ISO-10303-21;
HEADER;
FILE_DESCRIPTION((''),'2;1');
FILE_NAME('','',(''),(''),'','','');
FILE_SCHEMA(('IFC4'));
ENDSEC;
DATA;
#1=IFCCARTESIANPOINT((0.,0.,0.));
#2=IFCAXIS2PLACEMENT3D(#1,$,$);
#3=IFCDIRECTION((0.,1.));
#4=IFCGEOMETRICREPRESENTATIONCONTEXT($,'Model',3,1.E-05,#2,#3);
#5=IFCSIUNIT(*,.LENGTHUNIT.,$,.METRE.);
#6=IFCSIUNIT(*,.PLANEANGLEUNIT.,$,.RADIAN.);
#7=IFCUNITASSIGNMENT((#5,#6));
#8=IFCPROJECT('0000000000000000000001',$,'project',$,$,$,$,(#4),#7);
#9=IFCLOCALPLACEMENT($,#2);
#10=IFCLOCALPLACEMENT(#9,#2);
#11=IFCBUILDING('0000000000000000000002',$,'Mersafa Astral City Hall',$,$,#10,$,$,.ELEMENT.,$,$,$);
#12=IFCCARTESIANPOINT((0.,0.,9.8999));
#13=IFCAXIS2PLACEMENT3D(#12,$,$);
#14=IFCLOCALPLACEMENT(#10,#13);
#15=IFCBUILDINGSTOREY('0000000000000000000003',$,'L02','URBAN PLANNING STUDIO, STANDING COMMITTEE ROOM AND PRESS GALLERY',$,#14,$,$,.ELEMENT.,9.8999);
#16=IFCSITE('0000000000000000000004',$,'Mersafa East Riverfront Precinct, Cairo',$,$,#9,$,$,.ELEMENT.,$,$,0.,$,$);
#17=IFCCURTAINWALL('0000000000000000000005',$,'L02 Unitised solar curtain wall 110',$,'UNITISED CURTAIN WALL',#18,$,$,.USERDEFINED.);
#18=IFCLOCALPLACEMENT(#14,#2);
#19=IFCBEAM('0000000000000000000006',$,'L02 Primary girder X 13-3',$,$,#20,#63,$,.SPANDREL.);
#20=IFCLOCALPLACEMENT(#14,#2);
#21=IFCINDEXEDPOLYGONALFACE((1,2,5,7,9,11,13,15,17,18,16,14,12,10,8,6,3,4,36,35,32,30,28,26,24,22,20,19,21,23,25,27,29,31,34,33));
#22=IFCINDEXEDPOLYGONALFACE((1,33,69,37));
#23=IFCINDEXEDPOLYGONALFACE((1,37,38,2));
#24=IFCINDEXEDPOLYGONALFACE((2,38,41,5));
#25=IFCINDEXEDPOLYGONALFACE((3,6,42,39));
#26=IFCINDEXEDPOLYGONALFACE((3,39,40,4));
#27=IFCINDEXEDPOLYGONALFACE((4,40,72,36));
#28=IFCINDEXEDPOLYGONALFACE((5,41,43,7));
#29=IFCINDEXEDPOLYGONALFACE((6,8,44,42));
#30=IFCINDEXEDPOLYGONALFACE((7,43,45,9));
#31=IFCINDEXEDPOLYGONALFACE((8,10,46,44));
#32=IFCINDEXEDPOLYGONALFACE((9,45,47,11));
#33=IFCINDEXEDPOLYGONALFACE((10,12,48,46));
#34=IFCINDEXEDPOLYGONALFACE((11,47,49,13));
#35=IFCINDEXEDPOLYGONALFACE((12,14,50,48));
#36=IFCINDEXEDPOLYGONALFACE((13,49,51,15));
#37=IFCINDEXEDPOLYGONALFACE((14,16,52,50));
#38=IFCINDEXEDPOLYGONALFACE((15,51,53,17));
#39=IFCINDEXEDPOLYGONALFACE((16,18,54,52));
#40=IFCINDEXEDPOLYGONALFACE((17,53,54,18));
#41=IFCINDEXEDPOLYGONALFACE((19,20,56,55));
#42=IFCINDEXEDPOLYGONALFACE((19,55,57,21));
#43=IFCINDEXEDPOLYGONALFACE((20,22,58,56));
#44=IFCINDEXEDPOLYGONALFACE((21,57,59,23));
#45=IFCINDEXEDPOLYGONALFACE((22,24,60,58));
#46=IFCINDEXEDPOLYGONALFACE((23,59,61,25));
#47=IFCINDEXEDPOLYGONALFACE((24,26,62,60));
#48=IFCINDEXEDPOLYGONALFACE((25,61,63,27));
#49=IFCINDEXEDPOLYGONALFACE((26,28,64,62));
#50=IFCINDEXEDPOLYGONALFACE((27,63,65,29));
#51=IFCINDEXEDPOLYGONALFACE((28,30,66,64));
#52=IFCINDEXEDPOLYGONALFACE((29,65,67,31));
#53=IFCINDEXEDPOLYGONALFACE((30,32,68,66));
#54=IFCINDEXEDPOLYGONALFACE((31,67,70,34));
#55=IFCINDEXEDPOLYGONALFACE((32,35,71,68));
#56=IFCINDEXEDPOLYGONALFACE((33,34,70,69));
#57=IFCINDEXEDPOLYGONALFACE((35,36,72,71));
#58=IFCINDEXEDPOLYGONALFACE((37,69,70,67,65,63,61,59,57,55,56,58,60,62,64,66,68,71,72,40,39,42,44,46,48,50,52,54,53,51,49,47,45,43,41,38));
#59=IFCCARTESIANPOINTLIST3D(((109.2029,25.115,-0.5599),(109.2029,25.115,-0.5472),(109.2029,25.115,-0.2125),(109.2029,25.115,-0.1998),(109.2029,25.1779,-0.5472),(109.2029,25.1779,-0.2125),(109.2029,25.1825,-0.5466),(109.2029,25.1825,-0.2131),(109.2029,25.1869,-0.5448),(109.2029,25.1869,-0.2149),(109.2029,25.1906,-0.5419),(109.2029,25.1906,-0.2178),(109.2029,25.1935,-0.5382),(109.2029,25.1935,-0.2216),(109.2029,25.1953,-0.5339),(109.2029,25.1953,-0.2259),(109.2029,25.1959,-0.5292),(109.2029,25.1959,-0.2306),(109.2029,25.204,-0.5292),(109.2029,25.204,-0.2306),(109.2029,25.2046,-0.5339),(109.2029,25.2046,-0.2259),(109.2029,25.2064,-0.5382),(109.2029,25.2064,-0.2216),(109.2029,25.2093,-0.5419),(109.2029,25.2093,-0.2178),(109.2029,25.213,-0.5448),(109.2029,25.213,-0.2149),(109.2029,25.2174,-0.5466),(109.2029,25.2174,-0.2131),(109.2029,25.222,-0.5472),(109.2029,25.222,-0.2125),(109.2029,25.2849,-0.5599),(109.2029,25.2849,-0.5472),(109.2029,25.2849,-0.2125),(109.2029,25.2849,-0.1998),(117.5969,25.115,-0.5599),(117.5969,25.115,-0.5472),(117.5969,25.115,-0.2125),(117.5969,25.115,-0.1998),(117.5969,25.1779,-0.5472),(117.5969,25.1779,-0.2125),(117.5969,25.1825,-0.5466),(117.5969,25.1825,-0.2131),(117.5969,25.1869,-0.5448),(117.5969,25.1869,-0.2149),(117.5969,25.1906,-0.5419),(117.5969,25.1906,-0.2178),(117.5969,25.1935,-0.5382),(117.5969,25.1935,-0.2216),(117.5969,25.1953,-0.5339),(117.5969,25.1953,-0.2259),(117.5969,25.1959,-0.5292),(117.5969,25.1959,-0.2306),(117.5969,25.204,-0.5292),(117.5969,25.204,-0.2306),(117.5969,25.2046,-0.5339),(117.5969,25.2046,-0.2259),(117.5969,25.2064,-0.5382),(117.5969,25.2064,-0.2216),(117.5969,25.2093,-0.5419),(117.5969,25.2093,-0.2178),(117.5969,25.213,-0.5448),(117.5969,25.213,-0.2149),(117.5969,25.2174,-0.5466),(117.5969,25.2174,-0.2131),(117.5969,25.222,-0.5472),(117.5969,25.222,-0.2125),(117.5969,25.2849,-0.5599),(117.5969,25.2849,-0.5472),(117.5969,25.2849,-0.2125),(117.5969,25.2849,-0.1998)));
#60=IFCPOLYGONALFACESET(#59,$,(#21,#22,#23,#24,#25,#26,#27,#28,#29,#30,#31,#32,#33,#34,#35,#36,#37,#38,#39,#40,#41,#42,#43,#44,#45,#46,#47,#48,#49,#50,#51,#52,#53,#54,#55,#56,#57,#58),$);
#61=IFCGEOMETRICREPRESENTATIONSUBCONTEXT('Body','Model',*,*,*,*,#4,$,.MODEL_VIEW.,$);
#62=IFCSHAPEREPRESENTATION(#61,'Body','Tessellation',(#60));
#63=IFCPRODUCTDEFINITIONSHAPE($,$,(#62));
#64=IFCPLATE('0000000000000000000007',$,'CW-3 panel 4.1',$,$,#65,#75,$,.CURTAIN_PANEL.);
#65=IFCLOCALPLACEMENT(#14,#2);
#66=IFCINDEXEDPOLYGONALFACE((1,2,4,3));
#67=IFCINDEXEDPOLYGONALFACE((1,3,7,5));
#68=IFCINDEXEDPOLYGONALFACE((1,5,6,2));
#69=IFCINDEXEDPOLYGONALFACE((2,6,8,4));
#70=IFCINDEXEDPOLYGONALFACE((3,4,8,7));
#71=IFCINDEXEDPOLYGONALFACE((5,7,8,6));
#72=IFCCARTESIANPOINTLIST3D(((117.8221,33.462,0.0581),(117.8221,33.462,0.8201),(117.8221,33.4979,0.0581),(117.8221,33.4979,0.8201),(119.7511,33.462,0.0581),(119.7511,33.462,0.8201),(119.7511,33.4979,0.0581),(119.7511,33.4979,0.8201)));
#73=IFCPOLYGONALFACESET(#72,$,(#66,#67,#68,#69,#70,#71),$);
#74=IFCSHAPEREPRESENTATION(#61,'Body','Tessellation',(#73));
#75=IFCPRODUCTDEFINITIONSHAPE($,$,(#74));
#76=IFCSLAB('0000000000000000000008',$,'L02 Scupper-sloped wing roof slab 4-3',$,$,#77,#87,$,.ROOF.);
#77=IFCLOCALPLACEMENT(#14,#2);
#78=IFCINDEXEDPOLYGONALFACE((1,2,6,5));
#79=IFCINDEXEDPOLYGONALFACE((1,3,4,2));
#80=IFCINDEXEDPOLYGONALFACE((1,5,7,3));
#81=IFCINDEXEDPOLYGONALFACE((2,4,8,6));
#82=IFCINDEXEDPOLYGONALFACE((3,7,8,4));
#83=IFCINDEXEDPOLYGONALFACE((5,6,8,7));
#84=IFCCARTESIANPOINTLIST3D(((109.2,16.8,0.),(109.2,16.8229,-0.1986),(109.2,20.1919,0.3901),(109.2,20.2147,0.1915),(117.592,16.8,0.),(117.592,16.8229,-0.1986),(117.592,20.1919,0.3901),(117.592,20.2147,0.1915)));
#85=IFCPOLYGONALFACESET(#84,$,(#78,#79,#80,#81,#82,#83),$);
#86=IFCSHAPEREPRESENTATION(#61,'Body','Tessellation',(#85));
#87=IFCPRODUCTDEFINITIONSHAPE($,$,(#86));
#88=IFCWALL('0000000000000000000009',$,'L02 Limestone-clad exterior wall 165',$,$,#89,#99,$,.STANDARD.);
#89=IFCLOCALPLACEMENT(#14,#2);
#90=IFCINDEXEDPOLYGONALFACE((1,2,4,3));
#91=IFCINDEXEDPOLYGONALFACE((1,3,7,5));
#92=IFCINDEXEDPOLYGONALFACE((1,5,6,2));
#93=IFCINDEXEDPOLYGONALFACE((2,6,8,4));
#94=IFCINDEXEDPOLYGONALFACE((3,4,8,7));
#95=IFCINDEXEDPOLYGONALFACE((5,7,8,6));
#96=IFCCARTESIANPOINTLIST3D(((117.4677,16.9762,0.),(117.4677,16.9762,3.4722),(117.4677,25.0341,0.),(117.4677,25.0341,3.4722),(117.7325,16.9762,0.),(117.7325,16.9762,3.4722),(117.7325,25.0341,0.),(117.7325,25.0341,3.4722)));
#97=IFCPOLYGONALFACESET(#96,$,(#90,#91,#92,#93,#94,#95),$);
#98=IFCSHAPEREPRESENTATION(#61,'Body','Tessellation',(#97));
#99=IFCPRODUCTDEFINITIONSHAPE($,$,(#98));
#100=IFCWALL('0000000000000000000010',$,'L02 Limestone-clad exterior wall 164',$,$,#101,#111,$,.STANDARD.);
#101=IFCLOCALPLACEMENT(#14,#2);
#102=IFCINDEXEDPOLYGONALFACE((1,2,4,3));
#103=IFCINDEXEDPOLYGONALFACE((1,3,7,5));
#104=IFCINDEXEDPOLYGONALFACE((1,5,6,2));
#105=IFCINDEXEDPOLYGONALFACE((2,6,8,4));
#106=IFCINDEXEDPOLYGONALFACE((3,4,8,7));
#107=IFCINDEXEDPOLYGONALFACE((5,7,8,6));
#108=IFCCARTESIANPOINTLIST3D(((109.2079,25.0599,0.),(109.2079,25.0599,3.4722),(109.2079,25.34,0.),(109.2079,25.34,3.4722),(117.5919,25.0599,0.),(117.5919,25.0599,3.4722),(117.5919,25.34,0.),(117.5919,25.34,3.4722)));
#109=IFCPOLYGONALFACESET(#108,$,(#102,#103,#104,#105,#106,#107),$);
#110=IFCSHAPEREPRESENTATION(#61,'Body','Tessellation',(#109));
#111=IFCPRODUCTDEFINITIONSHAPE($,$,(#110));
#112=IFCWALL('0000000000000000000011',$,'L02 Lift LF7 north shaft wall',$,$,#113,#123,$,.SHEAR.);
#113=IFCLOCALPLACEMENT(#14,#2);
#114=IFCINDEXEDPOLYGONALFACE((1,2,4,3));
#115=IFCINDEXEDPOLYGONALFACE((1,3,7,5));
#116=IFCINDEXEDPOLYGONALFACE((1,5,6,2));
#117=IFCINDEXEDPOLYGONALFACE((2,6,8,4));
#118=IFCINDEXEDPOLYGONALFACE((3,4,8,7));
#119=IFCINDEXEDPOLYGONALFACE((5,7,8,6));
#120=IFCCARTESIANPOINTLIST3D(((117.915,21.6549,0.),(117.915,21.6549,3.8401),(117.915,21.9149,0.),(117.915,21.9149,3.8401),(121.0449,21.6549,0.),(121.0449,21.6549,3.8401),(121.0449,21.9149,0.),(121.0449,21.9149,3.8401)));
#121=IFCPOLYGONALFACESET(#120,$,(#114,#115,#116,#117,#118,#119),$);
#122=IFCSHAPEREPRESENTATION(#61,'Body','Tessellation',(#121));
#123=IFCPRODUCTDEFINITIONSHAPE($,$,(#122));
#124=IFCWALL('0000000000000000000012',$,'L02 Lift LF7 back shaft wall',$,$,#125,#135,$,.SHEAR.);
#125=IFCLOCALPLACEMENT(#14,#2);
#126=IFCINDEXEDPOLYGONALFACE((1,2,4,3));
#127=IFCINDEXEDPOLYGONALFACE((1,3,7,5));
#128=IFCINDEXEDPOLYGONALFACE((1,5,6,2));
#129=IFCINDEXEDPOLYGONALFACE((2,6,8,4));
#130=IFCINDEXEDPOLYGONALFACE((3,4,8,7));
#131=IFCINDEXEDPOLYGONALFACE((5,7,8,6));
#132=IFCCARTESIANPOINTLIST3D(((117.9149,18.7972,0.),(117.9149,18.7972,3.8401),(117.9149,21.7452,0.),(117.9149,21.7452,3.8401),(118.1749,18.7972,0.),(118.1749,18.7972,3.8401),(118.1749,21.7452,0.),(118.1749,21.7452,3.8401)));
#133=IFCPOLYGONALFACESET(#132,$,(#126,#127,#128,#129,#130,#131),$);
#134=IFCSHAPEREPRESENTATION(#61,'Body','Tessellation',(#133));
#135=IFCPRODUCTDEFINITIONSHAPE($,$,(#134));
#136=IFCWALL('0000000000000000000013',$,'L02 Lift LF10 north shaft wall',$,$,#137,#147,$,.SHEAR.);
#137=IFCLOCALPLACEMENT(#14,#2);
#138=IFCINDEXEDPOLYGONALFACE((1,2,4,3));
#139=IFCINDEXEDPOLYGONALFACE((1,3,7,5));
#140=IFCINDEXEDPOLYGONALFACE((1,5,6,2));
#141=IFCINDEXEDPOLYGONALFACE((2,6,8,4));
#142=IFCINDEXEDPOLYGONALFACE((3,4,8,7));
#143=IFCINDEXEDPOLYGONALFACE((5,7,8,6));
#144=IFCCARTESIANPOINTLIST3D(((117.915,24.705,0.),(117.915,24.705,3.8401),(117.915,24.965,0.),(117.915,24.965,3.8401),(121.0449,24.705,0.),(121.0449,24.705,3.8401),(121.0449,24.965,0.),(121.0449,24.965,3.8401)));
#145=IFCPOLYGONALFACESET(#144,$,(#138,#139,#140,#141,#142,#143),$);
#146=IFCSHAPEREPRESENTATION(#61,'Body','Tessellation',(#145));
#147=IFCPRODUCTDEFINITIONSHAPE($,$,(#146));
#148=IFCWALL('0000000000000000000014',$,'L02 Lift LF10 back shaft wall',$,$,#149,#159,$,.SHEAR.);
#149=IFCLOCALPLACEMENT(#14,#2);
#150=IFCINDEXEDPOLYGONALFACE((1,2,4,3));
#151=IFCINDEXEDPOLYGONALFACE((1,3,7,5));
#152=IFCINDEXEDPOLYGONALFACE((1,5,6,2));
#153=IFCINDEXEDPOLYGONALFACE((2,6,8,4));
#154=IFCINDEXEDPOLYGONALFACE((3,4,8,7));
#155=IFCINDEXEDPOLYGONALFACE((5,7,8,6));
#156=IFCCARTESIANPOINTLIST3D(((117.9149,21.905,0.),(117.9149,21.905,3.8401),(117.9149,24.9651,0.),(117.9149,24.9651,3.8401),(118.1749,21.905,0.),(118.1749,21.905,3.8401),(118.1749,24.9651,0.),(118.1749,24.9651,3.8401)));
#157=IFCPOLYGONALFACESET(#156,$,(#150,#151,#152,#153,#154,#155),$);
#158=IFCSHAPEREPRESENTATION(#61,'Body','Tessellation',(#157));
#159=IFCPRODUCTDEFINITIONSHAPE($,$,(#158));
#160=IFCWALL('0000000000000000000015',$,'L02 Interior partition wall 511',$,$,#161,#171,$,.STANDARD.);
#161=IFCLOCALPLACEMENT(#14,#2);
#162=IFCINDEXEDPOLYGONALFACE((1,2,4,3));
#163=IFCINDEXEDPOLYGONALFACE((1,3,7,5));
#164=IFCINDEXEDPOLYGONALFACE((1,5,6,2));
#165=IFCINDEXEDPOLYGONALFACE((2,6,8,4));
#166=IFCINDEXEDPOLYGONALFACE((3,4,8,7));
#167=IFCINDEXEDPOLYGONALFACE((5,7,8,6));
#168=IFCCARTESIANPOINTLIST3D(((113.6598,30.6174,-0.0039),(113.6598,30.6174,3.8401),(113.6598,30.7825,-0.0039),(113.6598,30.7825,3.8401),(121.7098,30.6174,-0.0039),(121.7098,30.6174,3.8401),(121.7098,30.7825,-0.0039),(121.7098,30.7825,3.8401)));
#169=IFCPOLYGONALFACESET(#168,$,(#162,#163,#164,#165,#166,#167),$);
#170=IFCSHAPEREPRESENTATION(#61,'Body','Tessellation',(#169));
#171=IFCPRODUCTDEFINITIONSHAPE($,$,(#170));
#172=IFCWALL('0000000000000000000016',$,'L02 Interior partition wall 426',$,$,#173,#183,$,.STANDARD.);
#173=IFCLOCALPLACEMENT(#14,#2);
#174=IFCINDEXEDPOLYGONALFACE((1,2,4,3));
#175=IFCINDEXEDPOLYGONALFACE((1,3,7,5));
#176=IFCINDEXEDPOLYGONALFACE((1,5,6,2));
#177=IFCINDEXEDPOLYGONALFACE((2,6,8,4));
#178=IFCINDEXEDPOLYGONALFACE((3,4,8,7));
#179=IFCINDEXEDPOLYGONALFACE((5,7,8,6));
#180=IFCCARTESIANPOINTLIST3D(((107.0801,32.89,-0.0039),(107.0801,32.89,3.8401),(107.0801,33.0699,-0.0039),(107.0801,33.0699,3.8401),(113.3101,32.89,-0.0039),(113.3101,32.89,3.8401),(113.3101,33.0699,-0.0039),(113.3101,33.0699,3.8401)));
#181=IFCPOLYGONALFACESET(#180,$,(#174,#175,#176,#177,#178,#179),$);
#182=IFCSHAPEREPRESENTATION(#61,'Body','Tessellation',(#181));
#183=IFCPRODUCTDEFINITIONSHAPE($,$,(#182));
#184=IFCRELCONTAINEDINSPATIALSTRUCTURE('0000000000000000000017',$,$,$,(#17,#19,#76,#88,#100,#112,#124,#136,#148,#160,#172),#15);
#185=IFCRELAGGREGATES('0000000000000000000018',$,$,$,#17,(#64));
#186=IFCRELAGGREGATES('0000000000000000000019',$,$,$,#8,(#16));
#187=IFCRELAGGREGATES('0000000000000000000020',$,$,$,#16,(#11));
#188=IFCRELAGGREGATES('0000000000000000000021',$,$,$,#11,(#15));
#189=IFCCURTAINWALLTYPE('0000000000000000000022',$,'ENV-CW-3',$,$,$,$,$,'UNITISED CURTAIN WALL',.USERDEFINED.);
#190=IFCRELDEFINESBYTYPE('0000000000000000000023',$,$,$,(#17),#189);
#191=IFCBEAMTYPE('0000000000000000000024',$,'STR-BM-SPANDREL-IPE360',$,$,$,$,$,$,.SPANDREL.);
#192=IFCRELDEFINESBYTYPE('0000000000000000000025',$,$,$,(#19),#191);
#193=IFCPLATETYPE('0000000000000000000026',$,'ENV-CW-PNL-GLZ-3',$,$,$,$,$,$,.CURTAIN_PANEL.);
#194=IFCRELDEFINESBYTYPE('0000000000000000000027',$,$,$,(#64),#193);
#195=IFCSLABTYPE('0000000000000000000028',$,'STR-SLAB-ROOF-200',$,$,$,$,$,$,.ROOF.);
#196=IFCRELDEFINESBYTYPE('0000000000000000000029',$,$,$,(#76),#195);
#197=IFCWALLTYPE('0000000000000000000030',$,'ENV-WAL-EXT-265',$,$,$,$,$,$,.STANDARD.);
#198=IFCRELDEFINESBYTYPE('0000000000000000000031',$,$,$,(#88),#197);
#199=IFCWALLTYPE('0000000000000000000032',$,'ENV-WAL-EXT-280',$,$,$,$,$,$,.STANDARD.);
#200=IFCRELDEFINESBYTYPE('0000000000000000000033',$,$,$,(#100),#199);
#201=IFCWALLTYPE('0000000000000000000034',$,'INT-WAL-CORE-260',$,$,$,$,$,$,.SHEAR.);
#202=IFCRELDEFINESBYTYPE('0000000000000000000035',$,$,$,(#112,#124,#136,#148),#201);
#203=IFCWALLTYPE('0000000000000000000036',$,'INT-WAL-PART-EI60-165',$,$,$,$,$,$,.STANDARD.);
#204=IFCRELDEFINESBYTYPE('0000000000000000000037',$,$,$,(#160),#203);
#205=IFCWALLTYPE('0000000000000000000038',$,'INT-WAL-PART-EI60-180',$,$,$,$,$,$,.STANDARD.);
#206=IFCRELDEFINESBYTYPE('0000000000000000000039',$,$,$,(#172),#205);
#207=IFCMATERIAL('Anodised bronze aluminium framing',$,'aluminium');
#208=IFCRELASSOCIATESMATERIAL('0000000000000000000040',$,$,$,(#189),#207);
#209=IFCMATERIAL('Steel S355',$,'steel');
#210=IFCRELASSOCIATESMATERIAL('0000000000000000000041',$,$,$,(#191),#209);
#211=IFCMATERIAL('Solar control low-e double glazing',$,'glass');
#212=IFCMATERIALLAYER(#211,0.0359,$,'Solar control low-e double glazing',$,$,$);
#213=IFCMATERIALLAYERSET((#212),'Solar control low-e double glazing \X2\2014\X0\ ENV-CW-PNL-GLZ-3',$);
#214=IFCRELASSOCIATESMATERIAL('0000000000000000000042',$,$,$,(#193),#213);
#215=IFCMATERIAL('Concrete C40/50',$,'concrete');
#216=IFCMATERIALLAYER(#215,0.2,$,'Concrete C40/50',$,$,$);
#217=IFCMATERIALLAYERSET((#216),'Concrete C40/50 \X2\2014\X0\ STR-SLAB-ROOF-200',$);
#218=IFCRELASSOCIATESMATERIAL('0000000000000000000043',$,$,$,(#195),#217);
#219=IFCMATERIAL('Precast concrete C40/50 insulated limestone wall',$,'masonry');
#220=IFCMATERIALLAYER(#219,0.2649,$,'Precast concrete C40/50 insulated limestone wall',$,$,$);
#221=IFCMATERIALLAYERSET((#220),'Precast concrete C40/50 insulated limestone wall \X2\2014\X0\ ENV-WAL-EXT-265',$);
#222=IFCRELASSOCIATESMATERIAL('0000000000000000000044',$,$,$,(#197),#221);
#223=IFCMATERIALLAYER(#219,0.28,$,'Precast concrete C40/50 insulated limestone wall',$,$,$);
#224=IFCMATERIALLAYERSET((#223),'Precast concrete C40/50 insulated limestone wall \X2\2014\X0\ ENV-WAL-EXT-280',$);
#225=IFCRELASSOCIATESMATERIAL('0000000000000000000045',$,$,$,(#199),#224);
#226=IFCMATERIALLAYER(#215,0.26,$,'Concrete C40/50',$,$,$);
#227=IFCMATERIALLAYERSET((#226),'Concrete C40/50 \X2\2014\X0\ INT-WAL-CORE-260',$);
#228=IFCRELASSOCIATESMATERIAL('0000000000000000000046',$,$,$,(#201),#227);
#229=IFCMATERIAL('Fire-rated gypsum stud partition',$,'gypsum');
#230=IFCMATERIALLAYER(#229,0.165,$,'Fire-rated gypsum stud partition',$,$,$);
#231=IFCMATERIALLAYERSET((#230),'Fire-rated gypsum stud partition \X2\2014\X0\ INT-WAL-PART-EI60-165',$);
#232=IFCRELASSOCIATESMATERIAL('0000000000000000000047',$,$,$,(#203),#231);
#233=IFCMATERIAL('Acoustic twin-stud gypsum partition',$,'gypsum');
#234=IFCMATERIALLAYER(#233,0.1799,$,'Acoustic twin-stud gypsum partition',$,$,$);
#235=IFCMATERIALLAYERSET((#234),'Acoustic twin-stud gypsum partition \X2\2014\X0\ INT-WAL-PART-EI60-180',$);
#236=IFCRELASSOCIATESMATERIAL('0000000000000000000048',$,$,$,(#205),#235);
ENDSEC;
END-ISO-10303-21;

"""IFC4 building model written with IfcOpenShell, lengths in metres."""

from ifc_helpers import new_model, si_unit, direction, frame, frame_2d, origin, origin_2d, place, context, subcontext, project, spatial, polyline, rectangle, i_section, outline, extrude, material, layer, layer_set, material_profile, profile_set, type_object, element, aggregate, save


model = new_model("IFC4")

# Units and contexts
model_context = context("Model", 3, precision=1e-05, world=origin(), true_north=direction((0.0, 1.0)))
body_context = subcontext(model_context, "Body", "Model", "MODEL_VIEW")
ifc_project = project(units=[si_unit("LENGTHUNIT", "METRE"), si_unit("PLANEANGLEUNIT", "RADIAN")], contexts=[model_context])

# Site, building, storey
site_placement = place(None, origin())
site = spatial("IfcSite", under=ifc_project, at=site_placement, Name="Mersafa East Riverfront Precinct, Cairo", CompositionType="ELEMENT", RefElevation=0.0)
building_placement = place(site_placement, origin())
building = spatial("IfcBuilding", under=site, at=building_placement, Name="Mersafa Astral City Hall", CompositionType="ELEMENT")
storey_placement = place(building_placement, frame((0.0, 0.0, 9.8999)))
storey = spatial("IfcBuildingStorey", under=building, at=storey_placement, Name="L02", Description="URBAN PLANNING STUDIO, STANDING COMMITTEE ROOM AND PRESS GALLERY", CompositionType="ELEMENT", Elevation=9.8999)

# Shared definitions
ifc_material_1 = material(Name="Steel S355", Category="steel")

# Curtain wall
ifc_material_2 = material(Name="Anodised bronze aluminium framing", Category="aluminium")
curtain_wall_type_1 = type_object("IfcCurtainWallType", Name="ENV-CW-3", ElementType="UNITISED CURTAIN WALL", PredefinedType="USERDEFINED", material=ifc_material_2)
curtain_wall_1_placement = place(storey_placement, origin())
curtain_wall_1 = element("IfcCurtainWall", 1, at=curtain_wall_1_placement, inside=storey, type_object=curtain_wall_type_1, Name="L02 Unitised solar curtain wall 110", ObjectType="UNITISED CURTAIN WALL", PredefinedType="USERDEFINED")

# Beam
ifc_material_profile_1 = material_profile(ifc_material_1, i_section(OverallWidth=0.1699, OverallDepth=0.3601, WebThickness=0.0081, FlangeThickness=0.0127, FilletRadius=0.0181, at=origin_2d()), Name="IPE 360")
ifc_profile_set_1 = profile_set([ifc_material_profile_1], Name="Steel S355")
beam_type_1 = type_object("IfcBeamType", Name="STR-BM-SPANDREL-IPE360", PredefinedType="SPANDREL", material=ifc_profile_set_1)
beam_1_placement = place(storey_placement, frame((109.2029, 25.2, -0.3799), z_axis=(1.0, 0.0, 0.0), x_axis=(0.0, 1.0, 0.0)))
element("IfcBeam", 2, at=beam_1_placement, inside=storey, type_object=beam_type_1, Name="L02 Primary girder X 13-3", PredefinedType="SPANDREL", context=body_context, shape_type="SweptSolid", body=[
    extrude(i_section(OverallWidth=0.1699, OverallDepth=0.3601, WebThickness=0.0081, FlangeThickness=0.0127, FilletRadius=0.0181, at=origin_2d()), origin(), (0.0, 0.0, 1.0), 8.394),
])

# Plate
ifc_material_3 = material(Name="Solar control low-e double glazing", Category="glass")
ifc_layer_1 = layer(ifc_material_3, 0.0359, Name="Solar control low-e double glazing")
ifc_layer_set_1 = layer_set([ifc_layer_1], Name="Solar control low-e double glazing — ENV-CW-PNL-GLZ-3")
plate_type = type_object("IfcPlateType", Name="ENV-CW-PNL-GLZ-3", PredefinedType="CURTAIN_PANEL", material=ifc_layer_set_1)
plate_placement = place(storey_placement, frame((118.7866, 33.48, 0.0581), z_axis=(0.0, 0.0, 1.0), x_axis=(-1.0, 0.0, 0.0)))
plate = element("IfcPlate", 3, at=plate_placement, type_object=plate_type, Name="CW-3 panel 4.1", PredefinedType="CURTAIN_PANEL", context=body_context, shape_type="SweptSolid", body=[
    extrude(rectangle(XDim=1.929, YDim=0.0359, at=origin_2d()), origin(), (0.0, 0.0, 1.0), 0.762),
])
aggregate(curtain_wall_1, [plate])

# Slab
ifc_material_4 = material(Name="Concrete C40/50", Category="concrete")
ifc_layer_2 = layer(ifc_material_4, 0.2, Name="Concrete C40/50")
ifc_layer_set_2 = layer_set([ifc_layer_2], Name="Concrete C40/50 — STR-SLAB-ROOF-200")
slab_type = type_object("IfcSlabType", Name="STR-SLAB-ROOF-200", PredefinedType="ROOF", material=ifc_layer_set_2)
slab_placement = place(storey_placement, frame((117.592, 20.1919, 0.3901), z_axis=(0.0, -0.114269, 0.99345), x_axis=(-1.0, 0.0, 0.0)))
element("IfcSlab", 4, at=slab_placement, inside=storey, type_object=slab_type, Name="L02 Scupper-sloped wing roof slab 4-3", PredefinedType="ROOF", context=body_context, shape_type="SweptSolid", body=[
    extrude(outline(polyline([(0.0, 0.0), (8.3921, 0.0), (8.3921, 3.4142), (0.0, 3.4142), (0.0, 0.0)])), origin(), (0.0, 0.0, -1.0), 0.2),
])

# Walls
ifc_material_5 = material(Name="Precast concrete C40/50 insulated limestone wall", Category="masonry")
ifc_layer_3 = layer(ifc_material_5, 0.2649, Name="Precast concrete C40/50 insulated limestone wall")
ifc_layer_set_3 = layer_set([ifc_layer_3], Name="Precast concrete C40/50 insulated limestone wall — ENV-WAL-EXT-265")
wall_type_1 = type_object("IfcWallType", Name="ENV-WAL-EXT-265", PredefinedType="STANDARD", material=ifc_layer_set_3)
wall_1_placement = place(storey_placement, frame((117.6001, 25.0339, 0.0), z_axis=(0.0, 0.0, 1.0), x_axis=(0.0, -1.0, 0.0)))
element("IfcWall", 5, at=wall_1_placement, inside=storey, type_object=wall_type_1, Name="L02 Limestone-clad exterior wall 165", PredefinedType="STANDARD", context=body_context, shape_type="SweptSolid", body=[
    extrude(rectangle(XDim=8.0579, YDim=0.2649, at=frame_2d((4.0288, 0.0))), origin(), (0.0, 0.0, 1.0), 3.4722),
])
ifc_layer_4 = layer(ifc_material_5, 0.28, Name="Precast concrete C40/50 insulated limestone wall")
ifc_layer_set_4 = layer_set([ifc_layer_4], Name="Precast concrete C40/50 insulated limestone wall — ENV-WAL-EXT-280")
wall_type_2 = type_object("IfcWallType", Name="ENV-WAL-EXT-280", PredefinedType="STANDARD", material=ifc_layer_set_4)
wall_2_placement = place(storey_placement, frame((109.208, 25.2, 0.0), z_axis=(0.0, 0.0, 1.0), x_axis=(1.0, 0.0, 0.0)))
element("IfcWall", 6, at=wall_2_placement, inside=storey, type_object=wall_type_2, Name="L02 Limestone-clad exterior wall 164", PredefinedType="STANDARD", context=body_context, shape_type="SweptSolid", body=[
    extrude(rectangle(XDim=8.384, YDim=0.28, at=frame_2d((4.1919, 0.0))), origin(), (0.0, 0.0, 1.0), 3.4722),
])
ifc_layer_5 = layer(ifc_material_4, 0.26, Name="Concrete C40/50")
ifc_layer_set_5 = layer_set([ifc_layer_5], Name="Concrete C40/50 — INT-WAL-CORE-260")
wall_type_3 = type_object("IfcWallType", Name="INT-WAL-CORE-260", PredefinedType="SHEAR", material=ifc_layer_set_5)
wall_3_placement = place(storey_placement, frame((117.915, 21.7849, 0.0), z_axis=(0.0, 0.0, 1.0), x_axis=(1.0, 0.0, 0.0)))
element("IfcWall", 7, at=wall_3_placement, inside=storey, type_object=wall_type_3, Name="L02 Lift LF7 north shaft wall", PredefinedType="SHEAR", context=body_context, shape_type="SweptSolid", body=[
    extrude(rectangle(XDim=3.1299, YDim=0.26, at=frame_2d((1.5649, 0.0))), origin(), (0.0, 0.0, 1.0), 3.8401),
])
wall_4_placement = place(storey_placement, frame((118.0449, 18.7971, 0.0), z_axis=(0.0, 0.0, 1.0), x_axis=(0.0, 1.0, 0.0)))
element("IfcWall", 8, at=wall_4_placement, inside=storey, type_object=wall_type_3, Name="L02 Lift LF7 back shaft wall", PredefinedType="SHEAR", context=body_context, shape_type="SweptSolid", body=[
    extrude(rectangle(XDim=2.948, YDim=0.26, at=frame_2d((1.4741, 0.0))), origin(), (0.0, 0.0, 1.0), 3.8401),
])
wall_5_placement = place(storey_placement, frame((117.915, 24.835, 0.0), z_axis=(0.0, 0.0, 1.0), x_axis=(1.0, 0.0, 0.0)))
element("IfcWall", 9, at=wall_5_placement, inside=storey, type_object=wall_type_3, Name="L02 Lift LF10 north shaft wall", PredefinedType="SHEAR", context=body_context, shape_type="SweptSolid", body=[
    extrude(rectangle(XDim=3.1299, YDim=0.26, at=frame_2d((1.5649, 0.0))), origin(), (0.0, 0.0, 1.0), 3.8401),
])
wall_6_placement = place(storey_placement, frame((118.0449, 21.905, 0.0), z_axis=(0.0, 0.0, 1.0), x_axis=(0.0, 1.0, 0.0)))
element("IfcWall", 10, at=wall_6_placement, inside=storey, type_object=wall_type_3, Name="L02 Lift LF10 back shaft wall", PredefinedType="SHEAR", context=body_context, shape_type="SweptSolid", body=[
    extrude(rectangle(XDim=3.0601, YDim=0.26, at=frame_2d((1.53, 0.0))), origin(), (0.0, 0.0, 1.0), 3.8401),
])

# Walls
ifc_material_6 = material(Name="Fire-rated gypsum stud partition", Category="gypsum")
ifc_layer_6 = layer(ifc_material_6, 0.165, Name="Fire-rated gypsum stud partition")
ifc_layer_set_6 = layer_set([ifc_layer_6], Name="Fire-rated gypsum stud partition — INT-WAL-PART-EI60-165")
wall_type_4 = type_object("IfcWallType", Name="INT-WAL-PART-EI60-165", PredefinedType="STANDARD", material=ifc_layer_set_6)
wall_7_placement = place(storey_placement, frame((113.6599, 30.7, -0.0039), z_axis=(0.0, 0.0, 1.0), x_axis=(1.0, 0.0, 0.0)))
element("IfcWall", 11, at=wall_7_placement, inside=storey, type_object=wall_type_4, Name="L02 Interior partition wall 511", PredefinedType="STANDARD", context=body_context, shape_type="SweptSolid", body=[
    extrude(rectangle(XDim=8.05, YDim=0.165, at=frame_2d((4.0249, 0.0))), origin(), (0.0, 0.0, 1.0), 3.844),
])
ifc_material_7 = material(Name="Acoustic twin-stud gypsum partition", Category="gypsum")
ifc_layer_7 = layer(ifc_material_7, 0.1799, Name="Acoustic twin-stud gypsum partition")
ifc_layer_set_7 = layer_set([ifc_layer_7], Name="Acoustic twin-stud gypsum partition — INT-WAL-PART-EI60-180")
wall_type_5 = type_object("IfcWallType", Name="INT-WAL-PART-EI60-180", PredefinedType="STANDARD", material=ifc_layer_set_7)
wall_8_placement = place(storey_placement, frame((113.3101, 32.98, -0.0039), z_axis=(0.0, 0.0, 1.0), x_axis=(-1.0, 0.0, 0.0)))
element("IfcWall", 12, at=wall_8_placement, inside=storey, type_object=wall_type_5, Name="L02 Interior partition wall 426", PredefinedType="STANDARD", context=body_context, shape_type="SweptSolid", body=[
    extrude(rectangle(XDim=6.23, YDim=0.1799, at=frame_2d((3.115, 0.0))), origin(), (0.0, 0.0, 1.0), 3.844),
])

save(model, "model.ifc")
